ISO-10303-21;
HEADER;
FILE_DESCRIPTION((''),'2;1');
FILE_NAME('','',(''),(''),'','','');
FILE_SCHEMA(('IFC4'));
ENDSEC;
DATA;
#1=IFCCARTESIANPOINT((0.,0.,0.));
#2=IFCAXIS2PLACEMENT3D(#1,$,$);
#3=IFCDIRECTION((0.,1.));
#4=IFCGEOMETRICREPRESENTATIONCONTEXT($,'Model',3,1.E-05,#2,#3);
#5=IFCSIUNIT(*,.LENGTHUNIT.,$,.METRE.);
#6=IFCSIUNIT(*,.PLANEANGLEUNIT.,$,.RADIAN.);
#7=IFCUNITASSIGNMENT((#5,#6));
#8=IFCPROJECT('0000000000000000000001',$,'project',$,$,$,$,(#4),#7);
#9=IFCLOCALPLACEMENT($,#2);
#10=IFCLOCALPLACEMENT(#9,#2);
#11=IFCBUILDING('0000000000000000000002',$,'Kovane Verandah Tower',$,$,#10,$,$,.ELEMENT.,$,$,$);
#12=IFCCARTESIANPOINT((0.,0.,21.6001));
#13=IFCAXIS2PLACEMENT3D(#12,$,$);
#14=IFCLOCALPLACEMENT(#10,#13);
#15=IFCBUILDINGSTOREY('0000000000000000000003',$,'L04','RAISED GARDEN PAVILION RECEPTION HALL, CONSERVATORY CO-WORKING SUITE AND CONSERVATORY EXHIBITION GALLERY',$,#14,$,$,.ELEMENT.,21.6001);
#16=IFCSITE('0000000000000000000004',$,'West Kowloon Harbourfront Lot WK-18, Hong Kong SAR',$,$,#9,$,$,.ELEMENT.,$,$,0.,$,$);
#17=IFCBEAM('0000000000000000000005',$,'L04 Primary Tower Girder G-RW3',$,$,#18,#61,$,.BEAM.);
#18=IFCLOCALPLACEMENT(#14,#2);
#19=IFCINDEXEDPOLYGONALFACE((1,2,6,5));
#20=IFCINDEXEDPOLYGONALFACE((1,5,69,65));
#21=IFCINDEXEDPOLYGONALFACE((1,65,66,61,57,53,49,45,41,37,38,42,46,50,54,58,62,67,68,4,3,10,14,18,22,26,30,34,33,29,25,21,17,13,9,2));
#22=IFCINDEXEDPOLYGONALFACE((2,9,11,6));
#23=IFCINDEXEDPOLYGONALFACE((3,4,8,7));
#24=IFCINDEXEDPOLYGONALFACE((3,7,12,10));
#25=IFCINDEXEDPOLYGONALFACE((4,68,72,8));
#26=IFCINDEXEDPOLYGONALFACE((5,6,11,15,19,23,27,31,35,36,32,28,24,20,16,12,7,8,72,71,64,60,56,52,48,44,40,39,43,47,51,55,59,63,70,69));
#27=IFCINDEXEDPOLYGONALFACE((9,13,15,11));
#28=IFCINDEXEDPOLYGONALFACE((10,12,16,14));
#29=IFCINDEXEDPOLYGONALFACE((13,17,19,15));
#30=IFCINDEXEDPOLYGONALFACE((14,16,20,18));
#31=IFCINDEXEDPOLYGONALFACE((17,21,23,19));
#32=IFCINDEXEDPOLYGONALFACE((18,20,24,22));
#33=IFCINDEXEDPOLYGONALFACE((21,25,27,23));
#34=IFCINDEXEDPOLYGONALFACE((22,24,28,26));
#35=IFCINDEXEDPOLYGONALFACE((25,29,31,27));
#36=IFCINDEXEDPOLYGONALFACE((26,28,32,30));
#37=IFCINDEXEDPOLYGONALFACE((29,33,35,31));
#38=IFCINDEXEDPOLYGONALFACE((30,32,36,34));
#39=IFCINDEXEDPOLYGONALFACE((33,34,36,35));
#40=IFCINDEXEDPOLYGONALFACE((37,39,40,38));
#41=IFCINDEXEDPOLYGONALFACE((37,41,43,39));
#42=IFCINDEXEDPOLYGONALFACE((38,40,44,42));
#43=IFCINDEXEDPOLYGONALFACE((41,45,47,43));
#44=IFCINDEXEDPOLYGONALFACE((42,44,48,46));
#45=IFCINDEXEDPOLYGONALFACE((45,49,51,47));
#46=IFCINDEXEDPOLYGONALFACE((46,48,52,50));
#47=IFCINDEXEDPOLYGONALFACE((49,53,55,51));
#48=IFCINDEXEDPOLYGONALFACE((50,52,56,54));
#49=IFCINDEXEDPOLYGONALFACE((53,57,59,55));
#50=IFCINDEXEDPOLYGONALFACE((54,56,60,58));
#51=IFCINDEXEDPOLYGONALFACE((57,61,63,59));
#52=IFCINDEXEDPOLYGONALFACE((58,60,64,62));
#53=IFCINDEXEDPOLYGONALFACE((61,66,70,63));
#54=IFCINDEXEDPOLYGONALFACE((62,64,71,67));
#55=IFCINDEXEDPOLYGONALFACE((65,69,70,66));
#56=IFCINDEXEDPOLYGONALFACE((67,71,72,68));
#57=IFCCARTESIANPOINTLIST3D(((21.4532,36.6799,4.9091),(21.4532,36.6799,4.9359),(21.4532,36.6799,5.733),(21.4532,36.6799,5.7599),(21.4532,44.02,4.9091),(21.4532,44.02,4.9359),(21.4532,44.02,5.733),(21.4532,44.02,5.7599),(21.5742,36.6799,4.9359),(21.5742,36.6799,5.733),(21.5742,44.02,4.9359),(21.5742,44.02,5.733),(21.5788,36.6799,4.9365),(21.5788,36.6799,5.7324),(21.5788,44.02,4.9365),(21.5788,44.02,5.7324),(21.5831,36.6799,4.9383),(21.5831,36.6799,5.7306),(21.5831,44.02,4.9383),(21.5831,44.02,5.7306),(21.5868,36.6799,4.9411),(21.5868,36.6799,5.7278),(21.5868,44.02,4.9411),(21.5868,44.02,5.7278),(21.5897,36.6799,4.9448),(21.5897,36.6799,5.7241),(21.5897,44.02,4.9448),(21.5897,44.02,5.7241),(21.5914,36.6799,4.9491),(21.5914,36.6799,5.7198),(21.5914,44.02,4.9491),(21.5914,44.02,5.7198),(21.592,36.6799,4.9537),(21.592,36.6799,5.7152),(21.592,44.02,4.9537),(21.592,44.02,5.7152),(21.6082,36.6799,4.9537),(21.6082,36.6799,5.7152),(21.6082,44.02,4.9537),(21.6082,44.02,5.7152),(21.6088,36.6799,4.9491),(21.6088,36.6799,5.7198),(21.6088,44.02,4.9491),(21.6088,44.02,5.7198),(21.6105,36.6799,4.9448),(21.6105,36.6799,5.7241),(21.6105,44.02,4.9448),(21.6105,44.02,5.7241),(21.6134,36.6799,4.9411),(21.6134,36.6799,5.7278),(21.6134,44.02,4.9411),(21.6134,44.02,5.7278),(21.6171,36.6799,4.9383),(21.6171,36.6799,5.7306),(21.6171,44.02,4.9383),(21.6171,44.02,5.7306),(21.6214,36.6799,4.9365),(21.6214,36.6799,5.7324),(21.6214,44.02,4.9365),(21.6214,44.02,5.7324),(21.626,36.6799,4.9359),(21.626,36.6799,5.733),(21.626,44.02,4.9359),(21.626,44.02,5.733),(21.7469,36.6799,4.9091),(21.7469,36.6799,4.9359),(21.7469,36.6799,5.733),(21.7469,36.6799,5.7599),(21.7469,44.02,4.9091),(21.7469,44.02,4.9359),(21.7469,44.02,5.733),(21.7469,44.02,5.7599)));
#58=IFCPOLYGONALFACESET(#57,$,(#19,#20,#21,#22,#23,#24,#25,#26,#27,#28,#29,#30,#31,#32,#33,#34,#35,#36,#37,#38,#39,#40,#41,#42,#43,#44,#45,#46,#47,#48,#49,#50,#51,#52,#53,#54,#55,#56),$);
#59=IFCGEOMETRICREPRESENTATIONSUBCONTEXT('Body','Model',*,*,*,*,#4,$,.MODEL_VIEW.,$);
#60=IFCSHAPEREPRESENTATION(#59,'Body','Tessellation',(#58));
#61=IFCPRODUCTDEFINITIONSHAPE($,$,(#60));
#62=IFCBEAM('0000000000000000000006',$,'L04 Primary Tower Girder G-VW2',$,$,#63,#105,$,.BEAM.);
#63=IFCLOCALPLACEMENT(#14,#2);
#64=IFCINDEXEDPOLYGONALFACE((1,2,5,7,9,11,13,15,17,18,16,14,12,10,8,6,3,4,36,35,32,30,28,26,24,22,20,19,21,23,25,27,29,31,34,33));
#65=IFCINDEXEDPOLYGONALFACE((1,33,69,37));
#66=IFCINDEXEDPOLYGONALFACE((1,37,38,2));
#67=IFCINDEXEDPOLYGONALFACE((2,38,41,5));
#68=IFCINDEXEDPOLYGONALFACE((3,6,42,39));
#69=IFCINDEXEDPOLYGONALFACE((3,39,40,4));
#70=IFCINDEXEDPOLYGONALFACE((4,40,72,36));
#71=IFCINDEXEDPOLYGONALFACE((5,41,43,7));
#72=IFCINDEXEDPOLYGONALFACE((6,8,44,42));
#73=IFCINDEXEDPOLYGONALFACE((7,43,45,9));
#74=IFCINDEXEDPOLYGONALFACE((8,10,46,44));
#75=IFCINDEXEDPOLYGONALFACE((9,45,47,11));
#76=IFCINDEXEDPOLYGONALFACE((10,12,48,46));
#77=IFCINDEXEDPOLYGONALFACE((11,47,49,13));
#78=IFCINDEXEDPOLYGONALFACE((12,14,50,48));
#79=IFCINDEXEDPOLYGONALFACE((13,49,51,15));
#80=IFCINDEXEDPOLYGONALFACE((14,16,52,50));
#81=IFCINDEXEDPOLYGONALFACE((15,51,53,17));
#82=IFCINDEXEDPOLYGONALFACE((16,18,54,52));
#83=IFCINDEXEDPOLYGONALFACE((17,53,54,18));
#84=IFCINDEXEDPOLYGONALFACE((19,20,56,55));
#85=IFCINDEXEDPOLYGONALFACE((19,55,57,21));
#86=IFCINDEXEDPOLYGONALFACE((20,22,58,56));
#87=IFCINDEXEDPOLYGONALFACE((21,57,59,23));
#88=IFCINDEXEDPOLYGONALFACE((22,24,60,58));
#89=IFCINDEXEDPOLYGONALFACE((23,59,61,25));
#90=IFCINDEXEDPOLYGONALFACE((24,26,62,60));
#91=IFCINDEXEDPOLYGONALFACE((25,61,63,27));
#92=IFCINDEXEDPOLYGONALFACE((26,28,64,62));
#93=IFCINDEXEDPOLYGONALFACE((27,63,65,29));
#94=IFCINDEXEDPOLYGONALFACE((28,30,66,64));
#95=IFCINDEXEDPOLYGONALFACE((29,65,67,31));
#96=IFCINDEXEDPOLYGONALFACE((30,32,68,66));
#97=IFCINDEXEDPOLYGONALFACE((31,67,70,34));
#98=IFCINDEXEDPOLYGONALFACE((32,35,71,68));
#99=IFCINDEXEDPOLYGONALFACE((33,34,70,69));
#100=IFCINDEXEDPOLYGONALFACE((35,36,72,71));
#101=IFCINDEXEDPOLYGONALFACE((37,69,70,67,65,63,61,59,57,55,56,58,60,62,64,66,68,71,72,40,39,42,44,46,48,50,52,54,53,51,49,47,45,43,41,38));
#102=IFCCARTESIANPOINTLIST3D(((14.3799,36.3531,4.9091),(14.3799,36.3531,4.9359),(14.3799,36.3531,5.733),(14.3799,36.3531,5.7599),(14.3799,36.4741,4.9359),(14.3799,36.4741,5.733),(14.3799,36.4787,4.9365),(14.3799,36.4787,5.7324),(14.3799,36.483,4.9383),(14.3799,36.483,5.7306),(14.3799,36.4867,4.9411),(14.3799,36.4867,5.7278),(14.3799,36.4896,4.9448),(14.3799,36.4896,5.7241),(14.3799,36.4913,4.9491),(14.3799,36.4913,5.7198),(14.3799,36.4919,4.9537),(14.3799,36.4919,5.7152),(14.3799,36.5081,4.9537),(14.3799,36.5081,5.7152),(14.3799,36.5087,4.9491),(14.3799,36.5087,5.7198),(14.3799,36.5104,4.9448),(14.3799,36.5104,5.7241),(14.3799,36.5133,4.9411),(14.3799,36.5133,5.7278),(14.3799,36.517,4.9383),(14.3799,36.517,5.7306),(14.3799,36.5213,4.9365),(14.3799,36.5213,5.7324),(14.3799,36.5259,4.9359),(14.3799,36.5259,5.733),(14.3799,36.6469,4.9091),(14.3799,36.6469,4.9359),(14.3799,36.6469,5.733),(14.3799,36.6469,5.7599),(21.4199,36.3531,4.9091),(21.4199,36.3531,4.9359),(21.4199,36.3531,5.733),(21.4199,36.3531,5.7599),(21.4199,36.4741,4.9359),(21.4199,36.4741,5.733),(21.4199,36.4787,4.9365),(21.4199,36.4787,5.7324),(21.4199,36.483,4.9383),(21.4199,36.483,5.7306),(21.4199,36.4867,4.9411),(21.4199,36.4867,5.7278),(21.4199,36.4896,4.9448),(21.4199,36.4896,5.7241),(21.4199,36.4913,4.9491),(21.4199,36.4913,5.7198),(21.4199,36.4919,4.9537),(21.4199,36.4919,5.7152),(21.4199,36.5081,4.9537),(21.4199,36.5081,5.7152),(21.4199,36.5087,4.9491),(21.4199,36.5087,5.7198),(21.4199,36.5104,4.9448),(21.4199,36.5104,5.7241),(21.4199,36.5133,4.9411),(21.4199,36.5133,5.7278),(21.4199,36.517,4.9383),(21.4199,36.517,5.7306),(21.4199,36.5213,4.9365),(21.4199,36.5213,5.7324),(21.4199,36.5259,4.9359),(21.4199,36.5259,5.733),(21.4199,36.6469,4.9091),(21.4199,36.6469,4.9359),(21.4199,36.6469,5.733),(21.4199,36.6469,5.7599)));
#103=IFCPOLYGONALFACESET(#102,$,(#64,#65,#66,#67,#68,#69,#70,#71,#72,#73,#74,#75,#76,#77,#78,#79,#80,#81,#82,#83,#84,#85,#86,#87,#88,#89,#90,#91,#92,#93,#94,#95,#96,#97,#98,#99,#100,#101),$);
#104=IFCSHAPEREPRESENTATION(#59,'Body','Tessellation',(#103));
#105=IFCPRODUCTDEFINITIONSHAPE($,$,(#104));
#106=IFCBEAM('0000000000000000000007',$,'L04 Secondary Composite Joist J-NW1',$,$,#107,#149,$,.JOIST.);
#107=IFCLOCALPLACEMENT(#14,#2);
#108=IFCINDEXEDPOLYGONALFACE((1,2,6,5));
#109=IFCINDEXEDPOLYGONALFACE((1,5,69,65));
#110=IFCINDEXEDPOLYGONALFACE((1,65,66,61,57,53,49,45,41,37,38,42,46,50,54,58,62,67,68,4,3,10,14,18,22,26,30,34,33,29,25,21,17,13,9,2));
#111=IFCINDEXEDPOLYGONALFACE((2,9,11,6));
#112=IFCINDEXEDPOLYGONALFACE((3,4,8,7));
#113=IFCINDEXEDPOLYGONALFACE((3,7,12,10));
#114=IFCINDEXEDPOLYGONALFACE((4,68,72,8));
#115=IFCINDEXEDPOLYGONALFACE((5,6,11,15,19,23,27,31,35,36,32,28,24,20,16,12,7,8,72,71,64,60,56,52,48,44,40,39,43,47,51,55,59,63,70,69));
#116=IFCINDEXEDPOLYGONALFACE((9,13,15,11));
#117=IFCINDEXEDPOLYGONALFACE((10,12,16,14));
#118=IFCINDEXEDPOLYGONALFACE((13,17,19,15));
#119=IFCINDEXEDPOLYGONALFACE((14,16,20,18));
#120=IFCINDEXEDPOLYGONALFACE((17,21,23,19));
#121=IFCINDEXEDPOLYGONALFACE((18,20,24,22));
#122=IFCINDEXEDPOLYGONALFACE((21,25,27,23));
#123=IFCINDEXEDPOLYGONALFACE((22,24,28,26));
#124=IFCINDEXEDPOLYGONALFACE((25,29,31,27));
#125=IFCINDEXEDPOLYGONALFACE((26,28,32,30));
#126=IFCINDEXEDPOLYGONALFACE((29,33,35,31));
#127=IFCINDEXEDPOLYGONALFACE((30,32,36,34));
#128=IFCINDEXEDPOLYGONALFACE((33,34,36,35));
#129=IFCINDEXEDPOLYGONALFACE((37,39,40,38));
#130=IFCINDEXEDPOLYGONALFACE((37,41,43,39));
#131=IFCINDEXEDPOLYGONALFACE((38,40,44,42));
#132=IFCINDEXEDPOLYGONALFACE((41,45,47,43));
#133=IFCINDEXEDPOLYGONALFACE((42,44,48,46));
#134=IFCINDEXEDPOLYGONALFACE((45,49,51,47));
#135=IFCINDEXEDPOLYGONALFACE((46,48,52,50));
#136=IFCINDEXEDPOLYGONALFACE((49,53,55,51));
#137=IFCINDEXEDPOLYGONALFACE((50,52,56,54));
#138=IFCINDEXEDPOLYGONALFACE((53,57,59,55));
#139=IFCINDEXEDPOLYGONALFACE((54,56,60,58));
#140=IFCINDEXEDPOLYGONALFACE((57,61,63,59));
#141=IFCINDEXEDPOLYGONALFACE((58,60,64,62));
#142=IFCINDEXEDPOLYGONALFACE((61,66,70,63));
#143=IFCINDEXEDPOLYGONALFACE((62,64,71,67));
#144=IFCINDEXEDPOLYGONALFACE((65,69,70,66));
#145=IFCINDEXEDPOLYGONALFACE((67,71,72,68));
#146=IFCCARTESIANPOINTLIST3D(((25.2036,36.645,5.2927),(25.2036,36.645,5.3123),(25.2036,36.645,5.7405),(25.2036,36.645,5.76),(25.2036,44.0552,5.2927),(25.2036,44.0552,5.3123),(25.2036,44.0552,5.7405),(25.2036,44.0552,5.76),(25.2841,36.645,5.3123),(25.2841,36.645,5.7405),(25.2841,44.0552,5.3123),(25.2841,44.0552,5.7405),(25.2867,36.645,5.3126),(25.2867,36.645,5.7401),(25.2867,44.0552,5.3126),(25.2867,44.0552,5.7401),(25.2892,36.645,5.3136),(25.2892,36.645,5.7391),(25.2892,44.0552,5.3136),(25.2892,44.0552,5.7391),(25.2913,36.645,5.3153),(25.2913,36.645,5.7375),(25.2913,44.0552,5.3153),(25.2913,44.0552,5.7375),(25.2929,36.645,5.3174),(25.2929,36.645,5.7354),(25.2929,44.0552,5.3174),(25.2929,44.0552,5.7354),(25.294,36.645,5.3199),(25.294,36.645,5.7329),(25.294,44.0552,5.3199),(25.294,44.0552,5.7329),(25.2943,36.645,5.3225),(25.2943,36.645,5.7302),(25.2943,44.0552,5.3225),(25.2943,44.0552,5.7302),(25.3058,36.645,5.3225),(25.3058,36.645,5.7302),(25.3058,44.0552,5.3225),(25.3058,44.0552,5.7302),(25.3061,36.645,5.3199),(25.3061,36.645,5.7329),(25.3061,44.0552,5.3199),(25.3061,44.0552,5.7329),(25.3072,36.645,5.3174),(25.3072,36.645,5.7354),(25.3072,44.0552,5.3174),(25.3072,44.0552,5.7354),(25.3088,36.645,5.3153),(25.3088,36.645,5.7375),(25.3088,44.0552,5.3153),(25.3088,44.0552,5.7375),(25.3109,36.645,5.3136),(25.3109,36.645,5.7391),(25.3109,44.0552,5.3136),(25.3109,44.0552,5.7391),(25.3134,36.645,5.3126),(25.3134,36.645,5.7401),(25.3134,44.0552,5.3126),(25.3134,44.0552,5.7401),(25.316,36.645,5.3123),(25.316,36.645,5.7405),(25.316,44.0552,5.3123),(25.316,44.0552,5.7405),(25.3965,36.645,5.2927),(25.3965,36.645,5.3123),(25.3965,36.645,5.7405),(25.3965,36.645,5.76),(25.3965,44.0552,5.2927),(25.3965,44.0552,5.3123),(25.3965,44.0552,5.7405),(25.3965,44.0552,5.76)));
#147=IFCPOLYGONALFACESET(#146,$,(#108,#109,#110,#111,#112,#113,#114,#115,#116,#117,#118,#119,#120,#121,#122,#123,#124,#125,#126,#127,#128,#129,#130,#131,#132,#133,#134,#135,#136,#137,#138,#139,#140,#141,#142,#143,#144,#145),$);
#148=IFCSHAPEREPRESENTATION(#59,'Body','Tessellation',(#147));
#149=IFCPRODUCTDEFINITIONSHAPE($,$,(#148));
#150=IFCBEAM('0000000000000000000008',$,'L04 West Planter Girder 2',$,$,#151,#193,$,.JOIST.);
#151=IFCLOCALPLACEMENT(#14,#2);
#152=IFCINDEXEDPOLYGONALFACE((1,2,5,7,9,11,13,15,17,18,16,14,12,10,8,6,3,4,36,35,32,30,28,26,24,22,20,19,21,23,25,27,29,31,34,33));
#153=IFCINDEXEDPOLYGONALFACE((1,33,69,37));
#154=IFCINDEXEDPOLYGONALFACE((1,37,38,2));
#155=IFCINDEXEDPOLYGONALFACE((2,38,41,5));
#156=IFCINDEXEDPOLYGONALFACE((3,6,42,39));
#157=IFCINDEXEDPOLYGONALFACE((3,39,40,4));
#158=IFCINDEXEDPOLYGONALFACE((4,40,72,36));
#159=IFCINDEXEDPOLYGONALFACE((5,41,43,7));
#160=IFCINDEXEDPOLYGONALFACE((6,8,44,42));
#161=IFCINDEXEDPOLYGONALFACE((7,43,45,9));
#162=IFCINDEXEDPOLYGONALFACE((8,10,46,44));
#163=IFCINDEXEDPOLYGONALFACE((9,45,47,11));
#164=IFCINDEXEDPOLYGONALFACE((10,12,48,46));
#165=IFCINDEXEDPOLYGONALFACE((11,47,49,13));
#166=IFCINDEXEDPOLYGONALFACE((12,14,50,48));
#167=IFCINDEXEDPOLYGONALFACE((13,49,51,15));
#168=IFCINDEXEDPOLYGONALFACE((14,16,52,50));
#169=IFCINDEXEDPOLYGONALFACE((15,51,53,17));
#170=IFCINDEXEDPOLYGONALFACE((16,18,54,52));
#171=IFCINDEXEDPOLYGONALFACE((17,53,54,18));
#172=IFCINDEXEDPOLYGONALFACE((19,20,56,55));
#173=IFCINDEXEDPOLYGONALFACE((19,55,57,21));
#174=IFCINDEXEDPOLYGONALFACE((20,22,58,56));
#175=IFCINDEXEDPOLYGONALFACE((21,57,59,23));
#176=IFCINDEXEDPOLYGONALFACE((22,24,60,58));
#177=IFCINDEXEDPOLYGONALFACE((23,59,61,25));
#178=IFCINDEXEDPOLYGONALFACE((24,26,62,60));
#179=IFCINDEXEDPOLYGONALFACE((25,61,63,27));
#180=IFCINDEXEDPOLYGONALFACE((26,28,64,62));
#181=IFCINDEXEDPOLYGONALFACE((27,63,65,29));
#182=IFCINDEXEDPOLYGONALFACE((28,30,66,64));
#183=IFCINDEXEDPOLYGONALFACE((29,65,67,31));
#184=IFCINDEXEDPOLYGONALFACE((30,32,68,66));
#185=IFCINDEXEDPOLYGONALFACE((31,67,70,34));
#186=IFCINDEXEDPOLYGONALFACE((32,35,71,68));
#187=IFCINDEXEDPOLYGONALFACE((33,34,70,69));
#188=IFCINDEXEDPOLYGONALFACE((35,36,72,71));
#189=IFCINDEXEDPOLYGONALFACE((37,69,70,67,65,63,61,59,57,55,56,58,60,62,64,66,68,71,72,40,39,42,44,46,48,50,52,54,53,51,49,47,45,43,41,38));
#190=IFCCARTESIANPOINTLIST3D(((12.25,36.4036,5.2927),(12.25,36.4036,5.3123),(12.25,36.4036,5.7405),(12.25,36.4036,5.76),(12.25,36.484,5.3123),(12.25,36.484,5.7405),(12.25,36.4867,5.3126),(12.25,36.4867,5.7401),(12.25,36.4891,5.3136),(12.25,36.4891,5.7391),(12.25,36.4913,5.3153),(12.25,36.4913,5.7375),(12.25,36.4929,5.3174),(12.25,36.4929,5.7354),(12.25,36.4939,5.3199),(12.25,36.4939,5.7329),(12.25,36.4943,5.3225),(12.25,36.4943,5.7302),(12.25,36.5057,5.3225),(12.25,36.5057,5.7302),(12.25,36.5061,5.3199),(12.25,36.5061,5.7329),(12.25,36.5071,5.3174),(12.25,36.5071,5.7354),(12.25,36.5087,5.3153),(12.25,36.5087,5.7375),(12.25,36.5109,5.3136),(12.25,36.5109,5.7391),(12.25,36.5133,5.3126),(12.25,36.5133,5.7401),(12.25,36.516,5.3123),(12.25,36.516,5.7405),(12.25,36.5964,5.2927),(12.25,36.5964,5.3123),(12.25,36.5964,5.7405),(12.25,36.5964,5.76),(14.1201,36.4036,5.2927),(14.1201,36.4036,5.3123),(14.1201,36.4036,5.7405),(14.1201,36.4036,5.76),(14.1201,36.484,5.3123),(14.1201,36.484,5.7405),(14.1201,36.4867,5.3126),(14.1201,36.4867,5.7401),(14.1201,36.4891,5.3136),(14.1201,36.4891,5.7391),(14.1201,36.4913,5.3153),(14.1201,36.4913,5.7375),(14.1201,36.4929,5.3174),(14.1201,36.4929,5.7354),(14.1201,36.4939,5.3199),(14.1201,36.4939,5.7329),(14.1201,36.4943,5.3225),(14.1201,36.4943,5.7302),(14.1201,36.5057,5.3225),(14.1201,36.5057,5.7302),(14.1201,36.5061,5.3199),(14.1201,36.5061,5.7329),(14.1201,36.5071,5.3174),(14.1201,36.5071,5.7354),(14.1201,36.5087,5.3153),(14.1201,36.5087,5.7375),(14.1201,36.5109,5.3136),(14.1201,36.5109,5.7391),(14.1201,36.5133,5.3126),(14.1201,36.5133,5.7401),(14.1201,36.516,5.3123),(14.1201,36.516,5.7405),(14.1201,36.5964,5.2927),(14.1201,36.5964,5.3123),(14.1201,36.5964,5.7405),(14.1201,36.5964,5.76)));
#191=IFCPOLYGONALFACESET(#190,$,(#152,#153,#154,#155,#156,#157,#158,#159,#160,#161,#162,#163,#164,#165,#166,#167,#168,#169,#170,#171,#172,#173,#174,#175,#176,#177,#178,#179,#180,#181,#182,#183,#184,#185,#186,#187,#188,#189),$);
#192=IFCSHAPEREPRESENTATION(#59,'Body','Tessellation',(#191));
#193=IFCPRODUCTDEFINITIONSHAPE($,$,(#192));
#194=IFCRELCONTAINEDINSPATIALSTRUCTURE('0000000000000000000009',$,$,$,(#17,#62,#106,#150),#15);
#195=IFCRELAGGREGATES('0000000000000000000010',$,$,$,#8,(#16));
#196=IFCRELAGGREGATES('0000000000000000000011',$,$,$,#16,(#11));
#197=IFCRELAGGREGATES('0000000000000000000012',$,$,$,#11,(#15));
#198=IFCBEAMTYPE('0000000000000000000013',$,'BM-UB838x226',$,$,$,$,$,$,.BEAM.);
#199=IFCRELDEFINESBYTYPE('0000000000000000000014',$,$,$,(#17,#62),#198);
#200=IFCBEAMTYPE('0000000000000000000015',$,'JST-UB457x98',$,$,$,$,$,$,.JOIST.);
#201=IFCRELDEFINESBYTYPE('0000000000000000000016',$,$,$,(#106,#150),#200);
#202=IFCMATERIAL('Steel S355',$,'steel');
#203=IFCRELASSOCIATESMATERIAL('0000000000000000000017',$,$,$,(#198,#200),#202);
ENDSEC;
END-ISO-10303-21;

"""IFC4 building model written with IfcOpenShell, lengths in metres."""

from ifc_helpers import new_model, si_unit, direction, frame, origin, origin_2d, place, context, subcontext, project, spatial, i_section, extrude, material, material_profile, profile_set, type_object, element, save


model = new_model("IFC4")

# Units and contexts
model_context = context("Model", 3, precision=1e-05, world=origin(), true_north=direction((0.0, 1.0)))
body_context = subcontext(model_context, "Body", "Model", "MODEL_VIEW")
ifc_project = project(units=[si_unit("LENGTHUNIT", "METRE"), si_unit("PLANEANGLEUNIT", "RADIAN")], contexts=[model_context])

# Site, building, storey
site_placement = place(None, origin())
site = spatial("IfcSite", under=ifc_project, at=site_placement, Name="West Kowloon Harbourfront Lot WK-18, Hong Kong SAR", CompositionType="ELEMENT", RefElevation=0.0)
building_placement = place(site_placement, origin())
building = spatial("IfcBuilding", under=site, at=building_placement, Name="Kovane Verandah Tower", CompositionType="ELEMENT")
storey_placement = place(building_placement, frame((0.0, 0.0, 21.6001)))
storey = spatial("IfcBuildingStorey", under=building, at=storey_placement, Name="L04", Description="RAISED GARDEN PAVILION RECEPTION HALL, CONSERVATORY CO-WORKING SUITE AND CONSERVATORY EXHIBITION GALLERY", CompositionType="ELEMENT", Elevation=21.6001)

# Shared definitions
ifc_material_1 = material(Name="Steel S355", Category="steel")

# Beams
ifc_material_profile_1 = material_profile(ifc_material_1, i_section(OverallWidth=0.2937, OverallDepth=0.8508, WebThickness=0.0161, FlangeThickness=0.0269, FilletRadius=0.0178, at=origin_2d()), Name="UB838x292x226")
ifc_profile_set_1 = profile_set([ifc_material_profile_1], Name="Steel S355")
beam_type_1 = type_object("IfcBeamType", Name="BM-UB838x226", PredefinedType="BEAM", material=ifc_profile_set_1)
beam_1_placement = place(storey_placement, frame((21.6001, 36.6799, 5.3345), z_axis=(0.0, 1.0, 0.0), x_axis=(-1.0, 0.0, 0.0)))
element("IfcBeam", 1, at=beam_1_placement, inside=storey, type_object=beam_type_1, Name="L04 Primary Tower Girder G-RW3", PredefinedType="BEAM", context=body_context, shape_type="SweptSolid", body=[
    extrude(i_section(OverallWidth=0.2937, OverallDepth=0.8508, WebThickness=0.0161, FlangeThickness=0.0269, FilletRadius=0.0178, at=origin_2d()), origin(), (0.0, 0.0, 1.0), 7.3401),
])
beam_2_placement = place(storey_placement, frame((21.4199, 36.5, 5.3345), z_axis=(-1.0, 0.0, 0.0), x_axis=(0.0, -1.0, 0.0)))
element("IfcBeam", 2, at=beam_2_placement, inside=storey, type_object=beam_type_1, Name="L04 Primary Tower Girder G-VW2", PredefinedType="BEAM", context=body_context, shape_type="SweptSolid", body=[
    extrude(i_section(OverallWidth=0.2937, OverallDepth=0.8508, WebThickness=0.0161, FlangeThickness=0.0269, FilletRadius=0.0178, at=origin_2d()), origin(), (0.0, 0.0, 1.0), 7.04),
])
ifc_material_profile_2 = material_profile(ifc_material_1, i_section(OverallWidth=0.1929, OverallDepth=0.4673, WebThickness=0.0115, FlangeThickness=0.0195, FilletRadius=0.0103, at=origin_2d()), Name="UB457x191x98")
ifc_profile_set_2 = profile_set([ifc_material_profile_2], Name="Steel S355")
beam_type_2 = type_object("IfcBeamType", Name="JST-UB457x98", PredefinedType="JOIST", material=ifc_profile_set_2)
beam_3_placement = place(storey_placement, frame((25.3, 36.645, 5.5264), z_axis=(0.0, 1.0, 0.0), x_axis=(-1.0, 0.0, 0.0)))
element("IfcBeam", 3, at=beam_3_placement, inside=storey, type_object=beam_type_2, Name="L04 Secondary Composite Joist J-NW1", PredefinedType="JOIST", context=body_context, shape_type="SweptSolid", body=[
    extrude(i_section(OverallWidth=0.1929, OverallDepth=0.4673, WebThickness=0.0115, FlangeThickness=0.0195, FilletRadius=0.0103, at=origin_2d()), origin(), (0.0, 0.0, 1.0), 7.4102),
])
beam_4_placement = place(storey_placement, frame((14.1201, 36.5, 5.5264), z_axis=(-1.0, 0.0, 0.0), x_axis=(0.0, -1.0, 0.0)))
element("IfcBeam", 4, at=beam_4_placement, inside=storey, type_object=beam_type_2, Name="L04 West Planter Girder 2", PredefinedType="JOIST", context=body_context, shape_type="SweptSolid", body=[
    extrude(i_section(OverallWidth=0.1929, OverallDepth=0.4673, WebThickness=0.0115, FlangeThickness=0.0195, FilletRadius=0.0103, at=origin_2d()), origin(), (0.0, 0.0, 1.0), 1.8701),
])

save(model, "model.ifc")
